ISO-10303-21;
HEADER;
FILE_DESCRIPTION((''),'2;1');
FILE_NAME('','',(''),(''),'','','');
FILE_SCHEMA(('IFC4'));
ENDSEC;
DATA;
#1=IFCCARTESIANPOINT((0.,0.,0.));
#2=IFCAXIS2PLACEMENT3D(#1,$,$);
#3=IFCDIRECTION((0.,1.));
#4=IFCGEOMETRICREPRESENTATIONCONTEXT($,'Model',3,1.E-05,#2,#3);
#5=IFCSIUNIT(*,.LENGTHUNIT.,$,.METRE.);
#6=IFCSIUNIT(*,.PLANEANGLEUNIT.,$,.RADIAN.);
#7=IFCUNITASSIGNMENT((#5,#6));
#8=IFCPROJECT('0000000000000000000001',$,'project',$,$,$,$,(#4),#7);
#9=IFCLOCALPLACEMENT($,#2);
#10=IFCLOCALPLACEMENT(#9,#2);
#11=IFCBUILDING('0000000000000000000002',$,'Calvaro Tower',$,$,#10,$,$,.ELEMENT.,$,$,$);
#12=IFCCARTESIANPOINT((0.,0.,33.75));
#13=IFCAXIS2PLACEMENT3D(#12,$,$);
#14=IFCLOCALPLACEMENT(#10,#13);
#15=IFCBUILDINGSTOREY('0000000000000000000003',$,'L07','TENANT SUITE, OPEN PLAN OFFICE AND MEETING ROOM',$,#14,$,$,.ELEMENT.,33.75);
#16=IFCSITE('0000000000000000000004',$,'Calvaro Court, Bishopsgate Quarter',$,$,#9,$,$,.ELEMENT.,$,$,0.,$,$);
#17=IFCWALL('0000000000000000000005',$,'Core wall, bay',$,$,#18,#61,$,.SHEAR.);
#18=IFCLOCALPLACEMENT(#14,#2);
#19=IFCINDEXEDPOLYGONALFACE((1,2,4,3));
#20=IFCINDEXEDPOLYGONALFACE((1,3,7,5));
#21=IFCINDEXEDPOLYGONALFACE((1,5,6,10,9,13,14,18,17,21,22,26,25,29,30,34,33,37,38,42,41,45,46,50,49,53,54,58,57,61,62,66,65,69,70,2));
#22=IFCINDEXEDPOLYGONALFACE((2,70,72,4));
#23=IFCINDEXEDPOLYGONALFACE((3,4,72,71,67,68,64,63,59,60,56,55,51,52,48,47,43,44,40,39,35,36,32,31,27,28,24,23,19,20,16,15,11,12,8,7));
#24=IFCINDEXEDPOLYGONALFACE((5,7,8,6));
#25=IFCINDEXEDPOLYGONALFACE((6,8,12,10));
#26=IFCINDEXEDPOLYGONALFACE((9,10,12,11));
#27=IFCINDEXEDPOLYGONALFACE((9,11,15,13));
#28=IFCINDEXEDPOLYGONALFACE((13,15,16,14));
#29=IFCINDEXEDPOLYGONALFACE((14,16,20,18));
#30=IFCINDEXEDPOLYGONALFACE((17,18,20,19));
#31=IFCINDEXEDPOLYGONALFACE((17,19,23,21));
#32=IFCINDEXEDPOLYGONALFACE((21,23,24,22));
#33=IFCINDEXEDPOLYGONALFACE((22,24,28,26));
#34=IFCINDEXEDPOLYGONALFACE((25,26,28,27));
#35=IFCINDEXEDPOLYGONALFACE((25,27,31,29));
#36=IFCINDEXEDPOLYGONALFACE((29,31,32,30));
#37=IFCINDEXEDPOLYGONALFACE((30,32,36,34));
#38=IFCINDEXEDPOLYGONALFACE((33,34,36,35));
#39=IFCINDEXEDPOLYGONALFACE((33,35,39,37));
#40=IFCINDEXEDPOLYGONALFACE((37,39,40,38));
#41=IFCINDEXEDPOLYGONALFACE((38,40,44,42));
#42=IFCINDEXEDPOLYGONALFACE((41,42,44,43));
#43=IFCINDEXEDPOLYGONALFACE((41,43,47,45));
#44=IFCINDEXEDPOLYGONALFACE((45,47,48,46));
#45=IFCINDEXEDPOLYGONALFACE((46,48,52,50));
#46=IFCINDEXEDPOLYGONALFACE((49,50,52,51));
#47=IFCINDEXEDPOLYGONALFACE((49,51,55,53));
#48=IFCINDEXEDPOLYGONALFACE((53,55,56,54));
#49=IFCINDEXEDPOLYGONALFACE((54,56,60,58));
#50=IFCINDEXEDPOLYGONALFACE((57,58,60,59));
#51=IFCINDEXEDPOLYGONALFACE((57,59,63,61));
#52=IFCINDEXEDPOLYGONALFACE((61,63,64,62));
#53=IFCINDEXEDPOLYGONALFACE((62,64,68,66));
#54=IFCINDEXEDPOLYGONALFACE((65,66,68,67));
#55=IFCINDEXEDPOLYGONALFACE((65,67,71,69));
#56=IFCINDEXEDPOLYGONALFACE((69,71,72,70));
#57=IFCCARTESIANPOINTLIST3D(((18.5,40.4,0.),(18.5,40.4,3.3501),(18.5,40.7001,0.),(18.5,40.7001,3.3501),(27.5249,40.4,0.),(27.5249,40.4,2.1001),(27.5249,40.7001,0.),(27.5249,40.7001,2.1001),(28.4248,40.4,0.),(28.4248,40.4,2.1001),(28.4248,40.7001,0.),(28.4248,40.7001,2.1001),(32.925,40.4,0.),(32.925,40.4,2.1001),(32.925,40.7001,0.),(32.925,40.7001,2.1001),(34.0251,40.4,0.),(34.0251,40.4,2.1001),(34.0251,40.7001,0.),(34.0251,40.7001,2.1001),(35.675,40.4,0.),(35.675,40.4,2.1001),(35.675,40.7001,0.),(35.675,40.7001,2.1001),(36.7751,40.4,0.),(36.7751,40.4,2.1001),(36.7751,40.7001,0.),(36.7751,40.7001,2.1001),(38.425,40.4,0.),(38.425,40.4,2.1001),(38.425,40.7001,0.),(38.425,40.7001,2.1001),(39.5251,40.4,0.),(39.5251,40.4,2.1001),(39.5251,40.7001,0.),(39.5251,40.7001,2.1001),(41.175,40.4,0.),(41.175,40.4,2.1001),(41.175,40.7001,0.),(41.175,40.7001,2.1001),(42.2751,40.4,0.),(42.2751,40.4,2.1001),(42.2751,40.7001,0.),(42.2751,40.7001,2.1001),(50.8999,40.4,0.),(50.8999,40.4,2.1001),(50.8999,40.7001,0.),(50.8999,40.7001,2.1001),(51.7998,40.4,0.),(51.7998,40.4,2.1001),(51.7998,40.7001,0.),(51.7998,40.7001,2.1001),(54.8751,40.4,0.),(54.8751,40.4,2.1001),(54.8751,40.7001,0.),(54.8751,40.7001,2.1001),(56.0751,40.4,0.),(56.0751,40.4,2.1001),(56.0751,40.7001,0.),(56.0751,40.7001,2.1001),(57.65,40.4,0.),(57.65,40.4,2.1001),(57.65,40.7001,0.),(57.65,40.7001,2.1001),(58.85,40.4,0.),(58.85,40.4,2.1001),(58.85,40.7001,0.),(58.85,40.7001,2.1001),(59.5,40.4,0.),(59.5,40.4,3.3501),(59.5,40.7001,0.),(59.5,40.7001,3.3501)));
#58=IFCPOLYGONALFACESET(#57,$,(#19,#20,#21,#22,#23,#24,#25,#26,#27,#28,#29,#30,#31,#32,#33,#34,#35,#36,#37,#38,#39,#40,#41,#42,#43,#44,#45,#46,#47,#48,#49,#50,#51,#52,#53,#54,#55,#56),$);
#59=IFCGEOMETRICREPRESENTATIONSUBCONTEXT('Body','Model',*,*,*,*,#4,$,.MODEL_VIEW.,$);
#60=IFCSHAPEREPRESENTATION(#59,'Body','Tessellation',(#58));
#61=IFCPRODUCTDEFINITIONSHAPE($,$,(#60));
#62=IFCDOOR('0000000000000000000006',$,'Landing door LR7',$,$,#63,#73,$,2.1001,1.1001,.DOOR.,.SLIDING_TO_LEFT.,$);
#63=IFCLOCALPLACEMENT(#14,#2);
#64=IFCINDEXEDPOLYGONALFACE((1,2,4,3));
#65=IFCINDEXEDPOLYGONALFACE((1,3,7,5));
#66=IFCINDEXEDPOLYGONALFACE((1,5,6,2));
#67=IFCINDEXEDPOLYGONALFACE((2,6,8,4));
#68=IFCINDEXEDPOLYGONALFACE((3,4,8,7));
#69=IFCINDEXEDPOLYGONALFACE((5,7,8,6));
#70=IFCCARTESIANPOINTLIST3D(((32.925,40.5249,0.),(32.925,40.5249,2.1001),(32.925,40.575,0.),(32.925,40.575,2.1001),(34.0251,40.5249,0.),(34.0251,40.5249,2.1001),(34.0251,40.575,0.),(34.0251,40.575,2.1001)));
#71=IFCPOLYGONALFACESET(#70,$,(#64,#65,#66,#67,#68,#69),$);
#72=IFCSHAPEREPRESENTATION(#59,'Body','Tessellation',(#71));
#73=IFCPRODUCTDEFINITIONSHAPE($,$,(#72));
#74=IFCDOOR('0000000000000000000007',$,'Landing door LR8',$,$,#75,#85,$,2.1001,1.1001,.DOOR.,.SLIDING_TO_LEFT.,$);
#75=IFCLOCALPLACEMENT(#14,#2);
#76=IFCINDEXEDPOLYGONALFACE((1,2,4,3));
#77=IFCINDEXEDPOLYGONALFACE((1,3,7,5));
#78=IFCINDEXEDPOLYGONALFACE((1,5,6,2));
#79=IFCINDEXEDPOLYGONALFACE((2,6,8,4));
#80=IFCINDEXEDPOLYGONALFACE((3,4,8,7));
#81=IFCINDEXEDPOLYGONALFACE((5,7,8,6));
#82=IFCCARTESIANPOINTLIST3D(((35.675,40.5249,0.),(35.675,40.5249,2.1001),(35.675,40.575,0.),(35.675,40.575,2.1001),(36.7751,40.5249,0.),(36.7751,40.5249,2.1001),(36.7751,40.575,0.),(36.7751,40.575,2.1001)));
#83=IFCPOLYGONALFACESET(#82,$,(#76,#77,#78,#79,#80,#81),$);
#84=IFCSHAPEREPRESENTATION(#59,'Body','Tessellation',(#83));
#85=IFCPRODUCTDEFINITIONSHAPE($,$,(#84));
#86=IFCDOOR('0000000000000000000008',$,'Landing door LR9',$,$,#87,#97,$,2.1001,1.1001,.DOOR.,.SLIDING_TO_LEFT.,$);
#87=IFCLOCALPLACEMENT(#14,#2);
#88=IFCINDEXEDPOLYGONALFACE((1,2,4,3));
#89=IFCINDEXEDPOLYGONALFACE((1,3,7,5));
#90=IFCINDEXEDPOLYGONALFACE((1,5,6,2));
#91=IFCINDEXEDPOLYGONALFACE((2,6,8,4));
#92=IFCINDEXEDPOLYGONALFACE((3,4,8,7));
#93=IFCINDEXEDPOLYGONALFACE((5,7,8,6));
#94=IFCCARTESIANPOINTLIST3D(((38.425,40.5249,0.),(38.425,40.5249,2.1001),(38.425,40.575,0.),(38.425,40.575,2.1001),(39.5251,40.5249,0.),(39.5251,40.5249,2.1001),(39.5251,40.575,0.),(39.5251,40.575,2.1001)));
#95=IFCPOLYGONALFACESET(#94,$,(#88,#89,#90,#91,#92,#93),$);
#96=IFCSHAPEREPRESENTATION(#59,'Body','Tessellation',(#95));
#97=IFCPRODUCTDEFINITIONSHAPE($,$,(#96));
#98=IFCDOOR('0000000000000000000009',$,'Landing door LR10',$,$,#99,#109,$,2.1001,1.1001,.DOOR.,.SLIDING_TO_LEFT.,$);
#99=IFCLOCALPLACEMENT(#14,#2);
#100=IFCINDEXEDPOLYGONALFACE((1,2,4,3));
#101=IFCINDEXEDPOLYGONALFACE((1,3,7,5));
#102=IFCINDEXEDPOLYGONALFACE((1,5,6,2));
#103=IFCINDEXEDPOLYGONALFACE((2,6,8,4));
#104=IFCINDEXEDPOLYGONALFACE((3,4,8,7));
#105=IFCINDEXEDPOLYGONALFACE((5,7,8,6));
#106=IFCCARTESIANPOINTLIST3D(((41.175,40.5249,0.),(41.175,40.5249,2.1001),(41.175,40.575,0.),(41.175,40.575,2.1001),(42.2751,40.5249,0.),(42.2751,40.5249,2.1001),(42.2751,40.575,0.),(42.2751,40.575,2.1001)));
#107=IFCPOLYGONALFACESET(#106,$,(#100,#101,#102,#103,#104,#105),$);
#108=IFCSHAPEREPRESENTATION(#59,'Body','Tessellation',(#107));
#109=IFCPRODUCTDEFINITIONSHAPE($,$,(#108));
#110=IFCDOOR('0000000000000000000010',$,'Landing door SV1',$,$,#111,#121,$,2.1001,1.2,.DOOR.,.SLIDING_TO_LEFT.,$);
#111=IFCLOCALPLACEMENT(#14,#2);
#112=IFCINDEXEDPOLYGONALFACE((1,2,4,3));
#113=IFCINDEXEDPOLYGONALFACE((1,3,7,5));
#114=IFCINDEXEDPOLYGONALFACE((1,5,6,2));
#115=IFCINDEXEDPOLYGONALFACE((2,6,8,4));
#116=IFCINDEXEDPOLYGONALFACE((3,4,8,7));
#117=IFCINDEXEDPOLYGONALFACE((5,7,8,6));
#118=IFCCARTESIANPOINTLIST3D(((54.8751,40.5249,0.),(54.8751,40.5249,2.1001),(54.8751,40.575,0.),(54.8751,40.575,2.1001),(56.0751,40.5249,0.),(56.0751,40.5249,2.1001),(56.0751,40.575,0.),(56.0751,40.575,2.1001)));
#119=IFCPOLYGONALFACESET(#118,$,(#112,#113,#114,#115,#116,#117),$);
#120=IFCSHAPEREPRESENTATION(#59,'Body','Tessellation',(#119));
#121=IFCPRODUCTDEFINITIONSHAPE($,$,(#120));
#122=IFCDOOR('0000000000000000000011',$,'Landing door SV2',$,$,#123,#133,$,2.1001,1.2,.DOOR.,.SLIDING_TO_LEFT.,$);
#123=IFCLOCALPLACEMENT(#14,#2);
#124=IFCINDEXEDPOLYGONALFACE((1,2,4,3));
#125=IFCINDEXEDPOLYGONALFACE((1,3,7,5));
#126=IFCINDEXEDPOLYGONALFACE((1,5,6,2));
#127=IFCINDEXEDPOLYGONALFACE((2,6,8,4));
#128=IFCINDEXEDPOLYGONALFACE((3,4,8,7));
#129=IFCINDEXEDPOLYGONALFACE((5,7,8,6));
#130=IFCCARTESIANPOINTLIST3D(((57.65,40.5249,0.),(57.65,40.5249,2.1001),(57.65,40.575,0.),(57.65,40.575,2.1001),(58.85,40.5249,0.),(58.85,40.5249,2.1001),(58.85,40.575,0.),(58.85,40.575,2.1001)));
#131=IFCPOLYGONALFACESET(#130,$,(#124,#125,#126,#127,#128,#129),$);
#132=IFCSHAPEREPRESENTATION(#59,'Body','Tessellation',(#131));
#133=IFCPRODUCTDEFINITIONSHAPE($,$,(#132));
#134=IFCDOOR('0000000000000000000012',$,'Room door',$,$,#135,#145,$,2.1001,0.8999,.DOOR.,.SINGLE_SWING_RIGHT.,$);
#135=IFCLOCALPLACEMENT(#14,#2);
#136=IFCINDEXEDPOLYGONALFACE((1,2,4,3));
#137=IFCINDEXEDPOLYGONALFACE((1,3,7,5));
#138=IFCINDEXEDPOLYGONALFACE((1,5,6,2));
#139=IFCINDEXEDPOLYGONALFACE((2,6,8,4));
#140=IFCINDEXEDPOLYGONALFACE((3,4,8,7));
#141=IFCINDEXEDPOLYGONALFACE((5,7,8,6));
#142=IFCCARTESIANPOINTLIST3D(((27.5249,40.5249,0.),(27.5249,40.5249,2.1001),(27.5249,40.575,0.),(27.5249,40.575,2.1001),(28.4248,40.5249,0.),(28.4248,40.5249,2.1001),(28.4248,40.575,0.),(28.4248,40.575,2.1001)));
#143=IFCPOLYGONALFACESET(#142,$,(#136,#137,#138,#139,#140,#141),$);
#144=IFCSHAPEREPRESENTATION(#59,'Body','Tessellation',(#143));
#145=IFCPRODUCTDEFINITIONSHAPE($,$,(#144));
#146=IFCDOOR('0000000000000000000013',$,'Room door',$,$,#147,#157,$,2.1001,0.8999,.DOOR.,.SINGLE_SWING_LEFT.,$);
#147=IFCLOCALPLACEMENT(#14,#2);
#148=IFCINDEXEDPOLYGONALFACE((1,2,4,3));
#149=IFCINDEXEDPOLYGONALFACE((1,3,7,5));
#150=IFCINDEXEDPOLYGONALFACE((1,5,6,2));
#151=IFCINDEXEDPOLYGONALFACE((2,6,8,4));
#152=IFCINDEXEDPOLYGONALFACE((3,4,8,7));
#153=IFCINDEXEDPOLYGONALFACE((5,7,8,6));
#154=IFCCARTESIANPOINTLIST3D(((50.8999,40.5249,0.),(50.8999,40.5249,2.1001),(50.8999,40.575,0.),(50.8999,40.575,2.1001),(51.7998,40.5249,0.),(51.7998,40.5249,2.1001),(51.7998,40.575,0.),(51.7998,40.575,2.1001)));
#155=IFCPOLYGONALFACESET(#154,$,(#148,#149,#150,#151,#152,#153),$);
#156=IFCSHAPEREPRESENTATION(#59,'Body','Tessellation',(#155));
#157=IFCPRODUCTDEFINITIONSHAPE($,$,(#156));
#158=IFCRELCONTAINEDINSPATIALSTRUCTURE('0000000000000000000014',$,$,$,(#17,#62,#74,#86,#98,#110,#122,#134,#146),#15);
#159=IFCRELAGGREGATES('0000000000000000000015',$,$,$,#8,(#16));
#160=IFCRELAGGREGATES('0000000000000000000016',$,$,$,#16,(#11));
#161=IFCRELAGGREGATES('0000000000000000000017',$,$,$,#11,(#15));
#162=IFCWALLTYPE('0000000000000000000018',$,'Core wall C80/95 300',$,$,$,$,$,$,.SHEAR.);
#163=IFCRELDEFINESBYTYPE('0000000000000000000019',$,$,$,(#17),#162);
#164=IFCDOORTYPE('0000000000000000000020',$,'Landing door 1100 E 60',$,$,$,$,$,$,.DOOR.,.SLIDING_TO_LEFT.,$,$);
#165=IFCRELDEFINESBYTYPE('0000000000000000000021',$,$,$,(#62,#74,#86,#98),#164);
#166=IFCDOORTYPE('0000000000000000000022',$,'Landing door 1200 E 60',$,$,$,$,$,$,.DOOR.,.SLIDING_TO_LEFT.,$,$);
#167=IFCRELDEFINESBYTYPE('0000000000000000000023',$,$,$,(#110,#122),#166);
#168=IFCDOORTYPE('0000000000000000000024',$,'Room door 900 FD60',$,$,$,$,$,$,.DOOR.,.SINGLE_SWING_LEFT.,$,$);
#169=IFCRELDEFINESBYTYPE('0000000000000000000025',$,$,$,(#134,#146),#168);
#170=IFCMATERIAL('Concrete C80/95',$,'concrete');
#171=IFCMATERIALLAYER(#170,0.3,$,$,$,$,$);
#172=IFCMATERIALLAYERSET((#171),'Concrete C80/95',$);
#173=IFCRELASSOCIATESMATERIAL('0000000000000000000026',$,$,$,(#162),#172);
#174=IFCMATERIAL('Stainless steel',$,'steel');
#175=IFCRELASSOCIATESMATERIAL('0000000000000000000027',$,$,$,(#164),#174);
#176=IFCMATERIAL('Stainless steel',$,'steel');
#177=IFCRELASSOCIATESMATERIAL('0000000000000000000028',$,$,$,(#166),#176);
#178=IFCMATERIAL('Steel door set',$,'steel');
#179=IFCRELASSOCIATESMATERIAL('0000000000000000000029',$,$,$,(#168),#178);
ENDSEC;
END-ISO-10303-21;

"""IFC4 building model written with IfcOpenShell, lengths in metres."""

from ifc_helpers import new_model, si_unit, direction, frame, frame_2d, origin, place, context, subcontext, project, spatial, rectangle, extrude, material, layer, layer_set, type_object, element, fill, save


model = new_model("IFC4")

# Units and contexts
model_context = context("Model", 3, precision=1e-05, world=origin(), true_north=direction((0.0, 1.0)))
body_context = subcontext(model_context, "Body", "Model", "MODEL_VIEW")
ifc_project = project(units=[si_unit("LENGTHUNIT", "METRE"), si_unit("PLANEANGLEUNIT", "RADIAN")], contexts=[model_context])

# Site, building, storey
site_placement = place(None, origin())
site = spatial("IfcSite", under=ifc_project, at=site_placement, Name="Calvaro Court, Bishopsgate Quarter", CompositionType="ELEMENT", RefElevation=0.0)
building_placement = place(site_placement, origin())
building = spatial("IfcBuilding", under=site, at=building_placement, Name="Calvaro Tower", CompositionType="ELEMENT")
storey_placement = place(building_placement, frame((0.0, 0.0, 33.75)))
storey = spatial("IfcBuildingStorey", under=building, at=storey_placement, Name="L07", Description="TENANT SUITE, OPEN PLAN OFFICE AND MEETING ROOM", CompositionType="ELEMENT", Elevation=33.75)

# Shared definitions
ifc_material_1 = material(Name="Concrete C80/95", Category="concrete")
ifc_layer_1 = layer(ifc_material_1, 0.3)
ifc_layer_set_1 = layer_set([ifc_layer_1], Name="Concrete C80/95")
wall_type_1 = type_object("IfcWallType", Name="Core wall C80/95 300", PredefinedType="SHEAR", material=ifc_layer_set_1)
ifc_material_2 = material(Name="Stainless steel", Category="steel")
door_type_1 = type_object("IfcDoorType", Name="Landing door 1100 E 60", OperationType="SLIDING_TO_LEFT", PredefinedType="DOOR", material=ifc_material_2)

# Wall, openings, doors
wall_1_placement = place(storey_placement, frame((18.5, 40.55, 0.0), z_axis=(0.0, 0.0, 1.0), x_axis=(1.0, 0.0, 0.0)))
wall_1 = element("IfcWall", 1, at=wall_1_placement, inside=storey, type_object=wall_type_1, Name="Core wall, bay", PredefinedType="SHEAR", context=body_context, shape_type="SweptSolid", body=[
    extrude(rectangle(XDim=41.0, YDim=0.3, at=frame_2d((20.5, 0.0))), origin(), (0.0, 0.0, 1.0), 3.3501),
])
opening_1_placement = place(wall_1_placement, frame((9.0249, 0.0, 0.0)))
opening_1 = element("IfcOpeningElement", 2, at=opening_1_placement, cuts=wall_1, PredefinedType="OPENING", context=body_context, shape_type="SweptSolid", body=[
    extrude(rectangle(XDim=0.8999, YDim=2.1001, at=frame_2d((0.45, 1.05))), frame((0.0, 0.1599, 0.0), z_axis=(0.0, -1.0, 0.0), x_axis=(1.0, 0.0, 0.0)), (0.0, 0.0, 1.0), 0.3201),
])
opening_2_placement = place(wall_1_placement, frame((32.3999, 0.0, 0.0)))
opening_2 = element("IfcOpeningElement", 3, at=opening_2_placement, cuts=wall_1, PredefinedType="OPENING", context=body_context, shape_type="SweptSolid", body=[
    extrude(rectangle(XDim=0.8999, YDim=2.1001, at=frame_2d((0.45, 1.05))), frame((0.0, 0.1599, 0.0), z_axis=(0.0, -1.0, 0.0), x_axis=(1.0, 0.0, 0.0)), (0.0, 0.0, 1.0), 0.3201),
])
opening_3_placement = place(wall_1_placement, frame((14.425, 0.0, 0.0)))
opening_3 = element("IfcOpeningElement", 4, at=opening_3_placement, cuts=wall_1, PredefinedType="OPENING", context=body_context, shape_type="SweptSolid", body=[
    extrude(rectangle(XDim=1.1001, YDim=2.1001, at=frame_2d((0.55, 1.05))), frame((0.0, 0.1599, 0.0), z_axis=(0.0, -1.0, 0.0), x_axis=(1.0, 0.0, 0.0)), (0.0, 0.0, 1.0), 0.3201),
])
opening_4_placement = place(wall_1_placement, frame((17.175, 0.0, 0.0)))
opening_4 = element("IfcOpeningElement", 5, at=opening_4_placement, cuts=wall_1, PredefinedType="OPENING", context=body_context, shape_type="SweptSolid", body=[
    extrude(rectangle(XDim=1.1001, YDim=2.1001, at=frame_2d((0.55, 1.05))), frame((0.0, 0.1599, 0.0), z_axis=(0.0, -1.0, 0.0), x_axis=(1.0, 0.0, 0.0)), (0.0, 0.0, 1.0), 0.3201),
])
opening_5_placement = place(wall_1_placement, frame((19.925, 0.0, 0.0)))
opening_5 = element("IfcOpeningElement", 6, at=opening_5_placement, cuts=wall_1, PredefinedType="OPENING", context=body_context, shape_type="SweptSolid", body=[
    extrude(rectangle(XDim=1.1001, YDim=2.1001, at=frame_2d((0.55, 1.05))), frame((0.0, 0.1599, 0.0), z_axis=(0.0, -1.0, 0.0), x_axis=(1.0, 0.0, 0.0)), (0.0, 0.0, 1.0), 0.3201),
])
opening_6_placement = place(wall_1_placement, frame((22.675, 0.0, 0.0)))
opening_6 = element("IfcOpeningElement", 7, at=opening_6_placement, cuts=wall_1, PredefinedType="OPENING", context=body_context, shape_type="SweptSolid", body=[
    extrude(rectangle(XDim=1.1001, YDim=2.1001, at=frame_2d((0.55, 1.05))), frame((0.0, 0.1599, 0.0), z_axis=(0.0, -1.0, 0.0), x_axis=(1.0, 0.0, 0.0)), (0.0, 0.0, 1.0), 0.3201),
])
opening_7_placement = place(wall_1_placement, frame((36.375, 0.0, 0.0)))
opening_7 = element("IfcOpeningElement", 8, at=opening_7_placement, cuts=wall_1, PredefinedType="OPENING", context=body_context, shape_type="SweptSolid", body=[
    extrude(rectangle(XDim=1.2, YDim=2.1001, at=frame_2d((0.6001, 1.05))), frame((0.0, 0.1599, 0.0), z_axis=(0.0, -1.0, 0.0), x_axis=(1.0, 0.0, 0.0)), (0.0, 0.0, 1.0), 0.3201),
])
opening_8_placement = place(wall_1_placement, frame((39.1499, 0.0, 0.0)))
opening_8 = element("IfcOpeningElement", 9, at=opening_8_placement, cuts=wall_1, PredefinedType="OPENING", context=body_context, shape_type="SweptSolid", body=[
    extrude(rectangle(XDim=1.2, YDim=2.1001, at=frame_2d((0.6001, 1.05))), frame((0.0, 0.1599, 0.0), z_axis=(0.0, -1.0, 0.0), x_axis=(1.0, 0.0, 0.0)), (0.0, 0.0, 1.0), 0.3201),
])
door_1_placement = place(opening_3_placement, origin())
door_1 = element("IfcDoor", 10, at=door_1_placement, inside=storey, type_object=door_type_1, Name="Landing door LR7", OperationType="SLIDING_TO_LEFT", OverallHeight=2.1001, OverallWidth=1.1001, PredefinedType="DOOR", context=body_context, shape_type="SweptSolid", body=[
    extrude(rectangle(XDim=1.1001, YDim=2.1001, at=frame_2d((0.55, 1.05))), frame((0.0, 0.0249, 0.0), z_axis=(0.0, -1.0, 0.0), x_axis=(1.0, 0.0, 0.0)), (0.0, 0.0, 1.0), 0.05),
])
fill(opening_3, door_1)
door_2_placement = place(opening_4_placement, origin())
door_2 = element("IfcDoor", 11, at=door_2_placement, inside=storey, type_object=door_type_1, Name="Landing door LR8", OperationType="SLIDING_TO_LEFT", OverallHeight=2.1001, OverallWidth=1.1001, PredefinedType="DOOR", context=body_context, shape_type="SweptSolid", body=[
    extrude(rectangle(XDim=1.1001, YDim=2.1001, at=frame_2d((0.55, 1.05))), frame((0.0, 0.0249, 0.0), z_axis=(0.0, -1.0, 0.0), x_axis=(1.0, 0.0, 0.0)), (0.0, 0.0, 1.0), 0.05),
])
fill(opening_4, door_2)
door_3_placement = place(opening_5_placement, origin())
door_3 = element("IfcDoor", 12, at=door_3_placement, inside=storey, type_object=door_type_1, Name="Landing door LR9", OperationType="SLIDING_TO_LEFT", OverallHeight=2.1001, OverallWidth=1.1001, PredefinedType="DOOR", context=body_context, shape_type="SweptSolid", body=[
    extrude(rectangle(XDim=1.1001, YDim=2.1001, at=frame_2d((0.55, 1.05))), frame((0.0, 0.0249, 0.0), z_axis=(0.0, -1.0, 0.0), x_axis=(1.0, 0.0, 0.0)), (0.0, 0.0, 1.0), 0.05),
])
fill(opening_5, door_3)
door_4_placement = place(opening_6_placement, origin())
door_4 = element("IfcDoor", 13, at=door_4_placement, inside=storey, type_object=door_type_1, Name="Landing door LR10", OperationType="SLIDING_TO_LEFT", OverallHeight=2.1001, OverallWidth=1.1001, PredefinedType="DOOR", context=body_context, shape_type="SweptSolid", body=[
    extrude(rectangle(XDim=1.1001, YDim=2.1001, at=frame_2d((0.55, 1.05))), frame((0.0, 0.0249, 0.0), z_axis=(0.0, -1.0, 0.0), x_axis=(1.0, 0.0, 0.0)), (0.0, 0.0, 1.0), 0.05),
])
fill(opening_6, door_4)
ifc_material_3 = material(Name="Stainless steel", Category="steel")
door_type_2 = type_object("IfcDoorType", Name="Landing door 1200 E 60", OperationType="SLIDING_TO_LEFT", PredefinedType="DOOR", material=ifc_material_3)
door_5_placement = place(opening_7_placement, origin())
door_5 = element("IfcDoor", 14, at=door_5_placement, inside=storey, type_object=door_type_2, Name="Landing door SV1", OperationType="SLIDING_TO_LEFT", OverallHeight=2.1001, OverallWidth=1.2, PredefinedType="DOOR", context=body_context, shape_type="SweptSolid", body=[
    extrude(rectangle(XDim=1.2, YDim=2.1001, at=frame_2d((0.6001, 1.05))), frame((0.0, 0.0249, 0.0), z_axis=(0.0, -1.0, 0.0), x_axis=(1.0, 0.0, 0.0)), (0.0, 0.0, 1.0), 0.05),
])
fill(opening_7, door_5)
door_6_placement = place(opening_8_placement, origin())
door_6 = element("IfcDoor", 15, at=door_6_placement, inside=storey, type_object=door_type_2, Name="Landing door SV2", OperationType="SLIDING_TO_LEFT", OverallHeight=2.1001, OverallWidth=1.2, PredefinedType="DOOR", context=body_context, shape_type="SweptSolid", body=[
    extrude(rectangle(XDim=1.2, YDim=2.1001, at=frame_2d((0.6001, 1.05))), frame((0.0, 0.0249, 0.0), z_axis=(0.0, -1.0, 0.0), x_axis=(1.0, 0.0, 0.0)), (0.0, 0.0, 1.0), 0.05),
])
fill(opening_8, door_6)
ifc_material_4 = material(Name="Steel door set", Category="steel")
door_type_3 = type_object("IfcDoorType", Name="Room door 900 FD60", OperationType="SINGLE_SWING_LEFT", PredefinedType="DOOR", material=ifc_material_4)
door_7_placement = place(opening_1_placement, origin())
door_7 = element("IfcDoor", 16, at=door_7_placement, inside=storey, type_object=door_type_3, Name="Room door", OperationType="SINGLE_SWING_RIGHT", OverallHeight=2.1001, OverallWidth=0.8999, PredefinedType="DOOR", context=body_context, shape_type="SweptSolid", body=[
    extrude(rectangle(XDim=0.8999, YDim=2.1001, at=frame_2d((0.45, 1.05))), frame((0.0, 0.0249, 0.0), z_axis=(0.0, -1.0, 0.0), x_axis=(1.0, 0.0, 0.0)), (0.0, 0.0, 1.0), 0.05),
])
fill(opening_1, door_7)
door_8_placement = place(opening_2_placement, origin())
door_8 = element("IfcDoor", 17, at=door_8_placement, inside=storey, type_object=door_type_3, Name="Room door", OperationType="SINGLE_SWING_LEFT", OverallHeight=2.1001, OverallWidth=0.8999, PredefinedType="DOOR", context=body_context, shape_type="SweptSolid", body=[
    extrude(rectangle(XDim=0.8999, YDim=2.1001, at=frame_2d((0.45, 1.05))), frame((0.0, 0.0249, 0.0), z_axis=(0.0, -1.0, 0.0), x_axis=(1.0, 0.0, 0.0)), (0.0, 0.0, 1.0), 0.05),
])
fill(opening_2, door_8)

save(model, "model.ifc")
